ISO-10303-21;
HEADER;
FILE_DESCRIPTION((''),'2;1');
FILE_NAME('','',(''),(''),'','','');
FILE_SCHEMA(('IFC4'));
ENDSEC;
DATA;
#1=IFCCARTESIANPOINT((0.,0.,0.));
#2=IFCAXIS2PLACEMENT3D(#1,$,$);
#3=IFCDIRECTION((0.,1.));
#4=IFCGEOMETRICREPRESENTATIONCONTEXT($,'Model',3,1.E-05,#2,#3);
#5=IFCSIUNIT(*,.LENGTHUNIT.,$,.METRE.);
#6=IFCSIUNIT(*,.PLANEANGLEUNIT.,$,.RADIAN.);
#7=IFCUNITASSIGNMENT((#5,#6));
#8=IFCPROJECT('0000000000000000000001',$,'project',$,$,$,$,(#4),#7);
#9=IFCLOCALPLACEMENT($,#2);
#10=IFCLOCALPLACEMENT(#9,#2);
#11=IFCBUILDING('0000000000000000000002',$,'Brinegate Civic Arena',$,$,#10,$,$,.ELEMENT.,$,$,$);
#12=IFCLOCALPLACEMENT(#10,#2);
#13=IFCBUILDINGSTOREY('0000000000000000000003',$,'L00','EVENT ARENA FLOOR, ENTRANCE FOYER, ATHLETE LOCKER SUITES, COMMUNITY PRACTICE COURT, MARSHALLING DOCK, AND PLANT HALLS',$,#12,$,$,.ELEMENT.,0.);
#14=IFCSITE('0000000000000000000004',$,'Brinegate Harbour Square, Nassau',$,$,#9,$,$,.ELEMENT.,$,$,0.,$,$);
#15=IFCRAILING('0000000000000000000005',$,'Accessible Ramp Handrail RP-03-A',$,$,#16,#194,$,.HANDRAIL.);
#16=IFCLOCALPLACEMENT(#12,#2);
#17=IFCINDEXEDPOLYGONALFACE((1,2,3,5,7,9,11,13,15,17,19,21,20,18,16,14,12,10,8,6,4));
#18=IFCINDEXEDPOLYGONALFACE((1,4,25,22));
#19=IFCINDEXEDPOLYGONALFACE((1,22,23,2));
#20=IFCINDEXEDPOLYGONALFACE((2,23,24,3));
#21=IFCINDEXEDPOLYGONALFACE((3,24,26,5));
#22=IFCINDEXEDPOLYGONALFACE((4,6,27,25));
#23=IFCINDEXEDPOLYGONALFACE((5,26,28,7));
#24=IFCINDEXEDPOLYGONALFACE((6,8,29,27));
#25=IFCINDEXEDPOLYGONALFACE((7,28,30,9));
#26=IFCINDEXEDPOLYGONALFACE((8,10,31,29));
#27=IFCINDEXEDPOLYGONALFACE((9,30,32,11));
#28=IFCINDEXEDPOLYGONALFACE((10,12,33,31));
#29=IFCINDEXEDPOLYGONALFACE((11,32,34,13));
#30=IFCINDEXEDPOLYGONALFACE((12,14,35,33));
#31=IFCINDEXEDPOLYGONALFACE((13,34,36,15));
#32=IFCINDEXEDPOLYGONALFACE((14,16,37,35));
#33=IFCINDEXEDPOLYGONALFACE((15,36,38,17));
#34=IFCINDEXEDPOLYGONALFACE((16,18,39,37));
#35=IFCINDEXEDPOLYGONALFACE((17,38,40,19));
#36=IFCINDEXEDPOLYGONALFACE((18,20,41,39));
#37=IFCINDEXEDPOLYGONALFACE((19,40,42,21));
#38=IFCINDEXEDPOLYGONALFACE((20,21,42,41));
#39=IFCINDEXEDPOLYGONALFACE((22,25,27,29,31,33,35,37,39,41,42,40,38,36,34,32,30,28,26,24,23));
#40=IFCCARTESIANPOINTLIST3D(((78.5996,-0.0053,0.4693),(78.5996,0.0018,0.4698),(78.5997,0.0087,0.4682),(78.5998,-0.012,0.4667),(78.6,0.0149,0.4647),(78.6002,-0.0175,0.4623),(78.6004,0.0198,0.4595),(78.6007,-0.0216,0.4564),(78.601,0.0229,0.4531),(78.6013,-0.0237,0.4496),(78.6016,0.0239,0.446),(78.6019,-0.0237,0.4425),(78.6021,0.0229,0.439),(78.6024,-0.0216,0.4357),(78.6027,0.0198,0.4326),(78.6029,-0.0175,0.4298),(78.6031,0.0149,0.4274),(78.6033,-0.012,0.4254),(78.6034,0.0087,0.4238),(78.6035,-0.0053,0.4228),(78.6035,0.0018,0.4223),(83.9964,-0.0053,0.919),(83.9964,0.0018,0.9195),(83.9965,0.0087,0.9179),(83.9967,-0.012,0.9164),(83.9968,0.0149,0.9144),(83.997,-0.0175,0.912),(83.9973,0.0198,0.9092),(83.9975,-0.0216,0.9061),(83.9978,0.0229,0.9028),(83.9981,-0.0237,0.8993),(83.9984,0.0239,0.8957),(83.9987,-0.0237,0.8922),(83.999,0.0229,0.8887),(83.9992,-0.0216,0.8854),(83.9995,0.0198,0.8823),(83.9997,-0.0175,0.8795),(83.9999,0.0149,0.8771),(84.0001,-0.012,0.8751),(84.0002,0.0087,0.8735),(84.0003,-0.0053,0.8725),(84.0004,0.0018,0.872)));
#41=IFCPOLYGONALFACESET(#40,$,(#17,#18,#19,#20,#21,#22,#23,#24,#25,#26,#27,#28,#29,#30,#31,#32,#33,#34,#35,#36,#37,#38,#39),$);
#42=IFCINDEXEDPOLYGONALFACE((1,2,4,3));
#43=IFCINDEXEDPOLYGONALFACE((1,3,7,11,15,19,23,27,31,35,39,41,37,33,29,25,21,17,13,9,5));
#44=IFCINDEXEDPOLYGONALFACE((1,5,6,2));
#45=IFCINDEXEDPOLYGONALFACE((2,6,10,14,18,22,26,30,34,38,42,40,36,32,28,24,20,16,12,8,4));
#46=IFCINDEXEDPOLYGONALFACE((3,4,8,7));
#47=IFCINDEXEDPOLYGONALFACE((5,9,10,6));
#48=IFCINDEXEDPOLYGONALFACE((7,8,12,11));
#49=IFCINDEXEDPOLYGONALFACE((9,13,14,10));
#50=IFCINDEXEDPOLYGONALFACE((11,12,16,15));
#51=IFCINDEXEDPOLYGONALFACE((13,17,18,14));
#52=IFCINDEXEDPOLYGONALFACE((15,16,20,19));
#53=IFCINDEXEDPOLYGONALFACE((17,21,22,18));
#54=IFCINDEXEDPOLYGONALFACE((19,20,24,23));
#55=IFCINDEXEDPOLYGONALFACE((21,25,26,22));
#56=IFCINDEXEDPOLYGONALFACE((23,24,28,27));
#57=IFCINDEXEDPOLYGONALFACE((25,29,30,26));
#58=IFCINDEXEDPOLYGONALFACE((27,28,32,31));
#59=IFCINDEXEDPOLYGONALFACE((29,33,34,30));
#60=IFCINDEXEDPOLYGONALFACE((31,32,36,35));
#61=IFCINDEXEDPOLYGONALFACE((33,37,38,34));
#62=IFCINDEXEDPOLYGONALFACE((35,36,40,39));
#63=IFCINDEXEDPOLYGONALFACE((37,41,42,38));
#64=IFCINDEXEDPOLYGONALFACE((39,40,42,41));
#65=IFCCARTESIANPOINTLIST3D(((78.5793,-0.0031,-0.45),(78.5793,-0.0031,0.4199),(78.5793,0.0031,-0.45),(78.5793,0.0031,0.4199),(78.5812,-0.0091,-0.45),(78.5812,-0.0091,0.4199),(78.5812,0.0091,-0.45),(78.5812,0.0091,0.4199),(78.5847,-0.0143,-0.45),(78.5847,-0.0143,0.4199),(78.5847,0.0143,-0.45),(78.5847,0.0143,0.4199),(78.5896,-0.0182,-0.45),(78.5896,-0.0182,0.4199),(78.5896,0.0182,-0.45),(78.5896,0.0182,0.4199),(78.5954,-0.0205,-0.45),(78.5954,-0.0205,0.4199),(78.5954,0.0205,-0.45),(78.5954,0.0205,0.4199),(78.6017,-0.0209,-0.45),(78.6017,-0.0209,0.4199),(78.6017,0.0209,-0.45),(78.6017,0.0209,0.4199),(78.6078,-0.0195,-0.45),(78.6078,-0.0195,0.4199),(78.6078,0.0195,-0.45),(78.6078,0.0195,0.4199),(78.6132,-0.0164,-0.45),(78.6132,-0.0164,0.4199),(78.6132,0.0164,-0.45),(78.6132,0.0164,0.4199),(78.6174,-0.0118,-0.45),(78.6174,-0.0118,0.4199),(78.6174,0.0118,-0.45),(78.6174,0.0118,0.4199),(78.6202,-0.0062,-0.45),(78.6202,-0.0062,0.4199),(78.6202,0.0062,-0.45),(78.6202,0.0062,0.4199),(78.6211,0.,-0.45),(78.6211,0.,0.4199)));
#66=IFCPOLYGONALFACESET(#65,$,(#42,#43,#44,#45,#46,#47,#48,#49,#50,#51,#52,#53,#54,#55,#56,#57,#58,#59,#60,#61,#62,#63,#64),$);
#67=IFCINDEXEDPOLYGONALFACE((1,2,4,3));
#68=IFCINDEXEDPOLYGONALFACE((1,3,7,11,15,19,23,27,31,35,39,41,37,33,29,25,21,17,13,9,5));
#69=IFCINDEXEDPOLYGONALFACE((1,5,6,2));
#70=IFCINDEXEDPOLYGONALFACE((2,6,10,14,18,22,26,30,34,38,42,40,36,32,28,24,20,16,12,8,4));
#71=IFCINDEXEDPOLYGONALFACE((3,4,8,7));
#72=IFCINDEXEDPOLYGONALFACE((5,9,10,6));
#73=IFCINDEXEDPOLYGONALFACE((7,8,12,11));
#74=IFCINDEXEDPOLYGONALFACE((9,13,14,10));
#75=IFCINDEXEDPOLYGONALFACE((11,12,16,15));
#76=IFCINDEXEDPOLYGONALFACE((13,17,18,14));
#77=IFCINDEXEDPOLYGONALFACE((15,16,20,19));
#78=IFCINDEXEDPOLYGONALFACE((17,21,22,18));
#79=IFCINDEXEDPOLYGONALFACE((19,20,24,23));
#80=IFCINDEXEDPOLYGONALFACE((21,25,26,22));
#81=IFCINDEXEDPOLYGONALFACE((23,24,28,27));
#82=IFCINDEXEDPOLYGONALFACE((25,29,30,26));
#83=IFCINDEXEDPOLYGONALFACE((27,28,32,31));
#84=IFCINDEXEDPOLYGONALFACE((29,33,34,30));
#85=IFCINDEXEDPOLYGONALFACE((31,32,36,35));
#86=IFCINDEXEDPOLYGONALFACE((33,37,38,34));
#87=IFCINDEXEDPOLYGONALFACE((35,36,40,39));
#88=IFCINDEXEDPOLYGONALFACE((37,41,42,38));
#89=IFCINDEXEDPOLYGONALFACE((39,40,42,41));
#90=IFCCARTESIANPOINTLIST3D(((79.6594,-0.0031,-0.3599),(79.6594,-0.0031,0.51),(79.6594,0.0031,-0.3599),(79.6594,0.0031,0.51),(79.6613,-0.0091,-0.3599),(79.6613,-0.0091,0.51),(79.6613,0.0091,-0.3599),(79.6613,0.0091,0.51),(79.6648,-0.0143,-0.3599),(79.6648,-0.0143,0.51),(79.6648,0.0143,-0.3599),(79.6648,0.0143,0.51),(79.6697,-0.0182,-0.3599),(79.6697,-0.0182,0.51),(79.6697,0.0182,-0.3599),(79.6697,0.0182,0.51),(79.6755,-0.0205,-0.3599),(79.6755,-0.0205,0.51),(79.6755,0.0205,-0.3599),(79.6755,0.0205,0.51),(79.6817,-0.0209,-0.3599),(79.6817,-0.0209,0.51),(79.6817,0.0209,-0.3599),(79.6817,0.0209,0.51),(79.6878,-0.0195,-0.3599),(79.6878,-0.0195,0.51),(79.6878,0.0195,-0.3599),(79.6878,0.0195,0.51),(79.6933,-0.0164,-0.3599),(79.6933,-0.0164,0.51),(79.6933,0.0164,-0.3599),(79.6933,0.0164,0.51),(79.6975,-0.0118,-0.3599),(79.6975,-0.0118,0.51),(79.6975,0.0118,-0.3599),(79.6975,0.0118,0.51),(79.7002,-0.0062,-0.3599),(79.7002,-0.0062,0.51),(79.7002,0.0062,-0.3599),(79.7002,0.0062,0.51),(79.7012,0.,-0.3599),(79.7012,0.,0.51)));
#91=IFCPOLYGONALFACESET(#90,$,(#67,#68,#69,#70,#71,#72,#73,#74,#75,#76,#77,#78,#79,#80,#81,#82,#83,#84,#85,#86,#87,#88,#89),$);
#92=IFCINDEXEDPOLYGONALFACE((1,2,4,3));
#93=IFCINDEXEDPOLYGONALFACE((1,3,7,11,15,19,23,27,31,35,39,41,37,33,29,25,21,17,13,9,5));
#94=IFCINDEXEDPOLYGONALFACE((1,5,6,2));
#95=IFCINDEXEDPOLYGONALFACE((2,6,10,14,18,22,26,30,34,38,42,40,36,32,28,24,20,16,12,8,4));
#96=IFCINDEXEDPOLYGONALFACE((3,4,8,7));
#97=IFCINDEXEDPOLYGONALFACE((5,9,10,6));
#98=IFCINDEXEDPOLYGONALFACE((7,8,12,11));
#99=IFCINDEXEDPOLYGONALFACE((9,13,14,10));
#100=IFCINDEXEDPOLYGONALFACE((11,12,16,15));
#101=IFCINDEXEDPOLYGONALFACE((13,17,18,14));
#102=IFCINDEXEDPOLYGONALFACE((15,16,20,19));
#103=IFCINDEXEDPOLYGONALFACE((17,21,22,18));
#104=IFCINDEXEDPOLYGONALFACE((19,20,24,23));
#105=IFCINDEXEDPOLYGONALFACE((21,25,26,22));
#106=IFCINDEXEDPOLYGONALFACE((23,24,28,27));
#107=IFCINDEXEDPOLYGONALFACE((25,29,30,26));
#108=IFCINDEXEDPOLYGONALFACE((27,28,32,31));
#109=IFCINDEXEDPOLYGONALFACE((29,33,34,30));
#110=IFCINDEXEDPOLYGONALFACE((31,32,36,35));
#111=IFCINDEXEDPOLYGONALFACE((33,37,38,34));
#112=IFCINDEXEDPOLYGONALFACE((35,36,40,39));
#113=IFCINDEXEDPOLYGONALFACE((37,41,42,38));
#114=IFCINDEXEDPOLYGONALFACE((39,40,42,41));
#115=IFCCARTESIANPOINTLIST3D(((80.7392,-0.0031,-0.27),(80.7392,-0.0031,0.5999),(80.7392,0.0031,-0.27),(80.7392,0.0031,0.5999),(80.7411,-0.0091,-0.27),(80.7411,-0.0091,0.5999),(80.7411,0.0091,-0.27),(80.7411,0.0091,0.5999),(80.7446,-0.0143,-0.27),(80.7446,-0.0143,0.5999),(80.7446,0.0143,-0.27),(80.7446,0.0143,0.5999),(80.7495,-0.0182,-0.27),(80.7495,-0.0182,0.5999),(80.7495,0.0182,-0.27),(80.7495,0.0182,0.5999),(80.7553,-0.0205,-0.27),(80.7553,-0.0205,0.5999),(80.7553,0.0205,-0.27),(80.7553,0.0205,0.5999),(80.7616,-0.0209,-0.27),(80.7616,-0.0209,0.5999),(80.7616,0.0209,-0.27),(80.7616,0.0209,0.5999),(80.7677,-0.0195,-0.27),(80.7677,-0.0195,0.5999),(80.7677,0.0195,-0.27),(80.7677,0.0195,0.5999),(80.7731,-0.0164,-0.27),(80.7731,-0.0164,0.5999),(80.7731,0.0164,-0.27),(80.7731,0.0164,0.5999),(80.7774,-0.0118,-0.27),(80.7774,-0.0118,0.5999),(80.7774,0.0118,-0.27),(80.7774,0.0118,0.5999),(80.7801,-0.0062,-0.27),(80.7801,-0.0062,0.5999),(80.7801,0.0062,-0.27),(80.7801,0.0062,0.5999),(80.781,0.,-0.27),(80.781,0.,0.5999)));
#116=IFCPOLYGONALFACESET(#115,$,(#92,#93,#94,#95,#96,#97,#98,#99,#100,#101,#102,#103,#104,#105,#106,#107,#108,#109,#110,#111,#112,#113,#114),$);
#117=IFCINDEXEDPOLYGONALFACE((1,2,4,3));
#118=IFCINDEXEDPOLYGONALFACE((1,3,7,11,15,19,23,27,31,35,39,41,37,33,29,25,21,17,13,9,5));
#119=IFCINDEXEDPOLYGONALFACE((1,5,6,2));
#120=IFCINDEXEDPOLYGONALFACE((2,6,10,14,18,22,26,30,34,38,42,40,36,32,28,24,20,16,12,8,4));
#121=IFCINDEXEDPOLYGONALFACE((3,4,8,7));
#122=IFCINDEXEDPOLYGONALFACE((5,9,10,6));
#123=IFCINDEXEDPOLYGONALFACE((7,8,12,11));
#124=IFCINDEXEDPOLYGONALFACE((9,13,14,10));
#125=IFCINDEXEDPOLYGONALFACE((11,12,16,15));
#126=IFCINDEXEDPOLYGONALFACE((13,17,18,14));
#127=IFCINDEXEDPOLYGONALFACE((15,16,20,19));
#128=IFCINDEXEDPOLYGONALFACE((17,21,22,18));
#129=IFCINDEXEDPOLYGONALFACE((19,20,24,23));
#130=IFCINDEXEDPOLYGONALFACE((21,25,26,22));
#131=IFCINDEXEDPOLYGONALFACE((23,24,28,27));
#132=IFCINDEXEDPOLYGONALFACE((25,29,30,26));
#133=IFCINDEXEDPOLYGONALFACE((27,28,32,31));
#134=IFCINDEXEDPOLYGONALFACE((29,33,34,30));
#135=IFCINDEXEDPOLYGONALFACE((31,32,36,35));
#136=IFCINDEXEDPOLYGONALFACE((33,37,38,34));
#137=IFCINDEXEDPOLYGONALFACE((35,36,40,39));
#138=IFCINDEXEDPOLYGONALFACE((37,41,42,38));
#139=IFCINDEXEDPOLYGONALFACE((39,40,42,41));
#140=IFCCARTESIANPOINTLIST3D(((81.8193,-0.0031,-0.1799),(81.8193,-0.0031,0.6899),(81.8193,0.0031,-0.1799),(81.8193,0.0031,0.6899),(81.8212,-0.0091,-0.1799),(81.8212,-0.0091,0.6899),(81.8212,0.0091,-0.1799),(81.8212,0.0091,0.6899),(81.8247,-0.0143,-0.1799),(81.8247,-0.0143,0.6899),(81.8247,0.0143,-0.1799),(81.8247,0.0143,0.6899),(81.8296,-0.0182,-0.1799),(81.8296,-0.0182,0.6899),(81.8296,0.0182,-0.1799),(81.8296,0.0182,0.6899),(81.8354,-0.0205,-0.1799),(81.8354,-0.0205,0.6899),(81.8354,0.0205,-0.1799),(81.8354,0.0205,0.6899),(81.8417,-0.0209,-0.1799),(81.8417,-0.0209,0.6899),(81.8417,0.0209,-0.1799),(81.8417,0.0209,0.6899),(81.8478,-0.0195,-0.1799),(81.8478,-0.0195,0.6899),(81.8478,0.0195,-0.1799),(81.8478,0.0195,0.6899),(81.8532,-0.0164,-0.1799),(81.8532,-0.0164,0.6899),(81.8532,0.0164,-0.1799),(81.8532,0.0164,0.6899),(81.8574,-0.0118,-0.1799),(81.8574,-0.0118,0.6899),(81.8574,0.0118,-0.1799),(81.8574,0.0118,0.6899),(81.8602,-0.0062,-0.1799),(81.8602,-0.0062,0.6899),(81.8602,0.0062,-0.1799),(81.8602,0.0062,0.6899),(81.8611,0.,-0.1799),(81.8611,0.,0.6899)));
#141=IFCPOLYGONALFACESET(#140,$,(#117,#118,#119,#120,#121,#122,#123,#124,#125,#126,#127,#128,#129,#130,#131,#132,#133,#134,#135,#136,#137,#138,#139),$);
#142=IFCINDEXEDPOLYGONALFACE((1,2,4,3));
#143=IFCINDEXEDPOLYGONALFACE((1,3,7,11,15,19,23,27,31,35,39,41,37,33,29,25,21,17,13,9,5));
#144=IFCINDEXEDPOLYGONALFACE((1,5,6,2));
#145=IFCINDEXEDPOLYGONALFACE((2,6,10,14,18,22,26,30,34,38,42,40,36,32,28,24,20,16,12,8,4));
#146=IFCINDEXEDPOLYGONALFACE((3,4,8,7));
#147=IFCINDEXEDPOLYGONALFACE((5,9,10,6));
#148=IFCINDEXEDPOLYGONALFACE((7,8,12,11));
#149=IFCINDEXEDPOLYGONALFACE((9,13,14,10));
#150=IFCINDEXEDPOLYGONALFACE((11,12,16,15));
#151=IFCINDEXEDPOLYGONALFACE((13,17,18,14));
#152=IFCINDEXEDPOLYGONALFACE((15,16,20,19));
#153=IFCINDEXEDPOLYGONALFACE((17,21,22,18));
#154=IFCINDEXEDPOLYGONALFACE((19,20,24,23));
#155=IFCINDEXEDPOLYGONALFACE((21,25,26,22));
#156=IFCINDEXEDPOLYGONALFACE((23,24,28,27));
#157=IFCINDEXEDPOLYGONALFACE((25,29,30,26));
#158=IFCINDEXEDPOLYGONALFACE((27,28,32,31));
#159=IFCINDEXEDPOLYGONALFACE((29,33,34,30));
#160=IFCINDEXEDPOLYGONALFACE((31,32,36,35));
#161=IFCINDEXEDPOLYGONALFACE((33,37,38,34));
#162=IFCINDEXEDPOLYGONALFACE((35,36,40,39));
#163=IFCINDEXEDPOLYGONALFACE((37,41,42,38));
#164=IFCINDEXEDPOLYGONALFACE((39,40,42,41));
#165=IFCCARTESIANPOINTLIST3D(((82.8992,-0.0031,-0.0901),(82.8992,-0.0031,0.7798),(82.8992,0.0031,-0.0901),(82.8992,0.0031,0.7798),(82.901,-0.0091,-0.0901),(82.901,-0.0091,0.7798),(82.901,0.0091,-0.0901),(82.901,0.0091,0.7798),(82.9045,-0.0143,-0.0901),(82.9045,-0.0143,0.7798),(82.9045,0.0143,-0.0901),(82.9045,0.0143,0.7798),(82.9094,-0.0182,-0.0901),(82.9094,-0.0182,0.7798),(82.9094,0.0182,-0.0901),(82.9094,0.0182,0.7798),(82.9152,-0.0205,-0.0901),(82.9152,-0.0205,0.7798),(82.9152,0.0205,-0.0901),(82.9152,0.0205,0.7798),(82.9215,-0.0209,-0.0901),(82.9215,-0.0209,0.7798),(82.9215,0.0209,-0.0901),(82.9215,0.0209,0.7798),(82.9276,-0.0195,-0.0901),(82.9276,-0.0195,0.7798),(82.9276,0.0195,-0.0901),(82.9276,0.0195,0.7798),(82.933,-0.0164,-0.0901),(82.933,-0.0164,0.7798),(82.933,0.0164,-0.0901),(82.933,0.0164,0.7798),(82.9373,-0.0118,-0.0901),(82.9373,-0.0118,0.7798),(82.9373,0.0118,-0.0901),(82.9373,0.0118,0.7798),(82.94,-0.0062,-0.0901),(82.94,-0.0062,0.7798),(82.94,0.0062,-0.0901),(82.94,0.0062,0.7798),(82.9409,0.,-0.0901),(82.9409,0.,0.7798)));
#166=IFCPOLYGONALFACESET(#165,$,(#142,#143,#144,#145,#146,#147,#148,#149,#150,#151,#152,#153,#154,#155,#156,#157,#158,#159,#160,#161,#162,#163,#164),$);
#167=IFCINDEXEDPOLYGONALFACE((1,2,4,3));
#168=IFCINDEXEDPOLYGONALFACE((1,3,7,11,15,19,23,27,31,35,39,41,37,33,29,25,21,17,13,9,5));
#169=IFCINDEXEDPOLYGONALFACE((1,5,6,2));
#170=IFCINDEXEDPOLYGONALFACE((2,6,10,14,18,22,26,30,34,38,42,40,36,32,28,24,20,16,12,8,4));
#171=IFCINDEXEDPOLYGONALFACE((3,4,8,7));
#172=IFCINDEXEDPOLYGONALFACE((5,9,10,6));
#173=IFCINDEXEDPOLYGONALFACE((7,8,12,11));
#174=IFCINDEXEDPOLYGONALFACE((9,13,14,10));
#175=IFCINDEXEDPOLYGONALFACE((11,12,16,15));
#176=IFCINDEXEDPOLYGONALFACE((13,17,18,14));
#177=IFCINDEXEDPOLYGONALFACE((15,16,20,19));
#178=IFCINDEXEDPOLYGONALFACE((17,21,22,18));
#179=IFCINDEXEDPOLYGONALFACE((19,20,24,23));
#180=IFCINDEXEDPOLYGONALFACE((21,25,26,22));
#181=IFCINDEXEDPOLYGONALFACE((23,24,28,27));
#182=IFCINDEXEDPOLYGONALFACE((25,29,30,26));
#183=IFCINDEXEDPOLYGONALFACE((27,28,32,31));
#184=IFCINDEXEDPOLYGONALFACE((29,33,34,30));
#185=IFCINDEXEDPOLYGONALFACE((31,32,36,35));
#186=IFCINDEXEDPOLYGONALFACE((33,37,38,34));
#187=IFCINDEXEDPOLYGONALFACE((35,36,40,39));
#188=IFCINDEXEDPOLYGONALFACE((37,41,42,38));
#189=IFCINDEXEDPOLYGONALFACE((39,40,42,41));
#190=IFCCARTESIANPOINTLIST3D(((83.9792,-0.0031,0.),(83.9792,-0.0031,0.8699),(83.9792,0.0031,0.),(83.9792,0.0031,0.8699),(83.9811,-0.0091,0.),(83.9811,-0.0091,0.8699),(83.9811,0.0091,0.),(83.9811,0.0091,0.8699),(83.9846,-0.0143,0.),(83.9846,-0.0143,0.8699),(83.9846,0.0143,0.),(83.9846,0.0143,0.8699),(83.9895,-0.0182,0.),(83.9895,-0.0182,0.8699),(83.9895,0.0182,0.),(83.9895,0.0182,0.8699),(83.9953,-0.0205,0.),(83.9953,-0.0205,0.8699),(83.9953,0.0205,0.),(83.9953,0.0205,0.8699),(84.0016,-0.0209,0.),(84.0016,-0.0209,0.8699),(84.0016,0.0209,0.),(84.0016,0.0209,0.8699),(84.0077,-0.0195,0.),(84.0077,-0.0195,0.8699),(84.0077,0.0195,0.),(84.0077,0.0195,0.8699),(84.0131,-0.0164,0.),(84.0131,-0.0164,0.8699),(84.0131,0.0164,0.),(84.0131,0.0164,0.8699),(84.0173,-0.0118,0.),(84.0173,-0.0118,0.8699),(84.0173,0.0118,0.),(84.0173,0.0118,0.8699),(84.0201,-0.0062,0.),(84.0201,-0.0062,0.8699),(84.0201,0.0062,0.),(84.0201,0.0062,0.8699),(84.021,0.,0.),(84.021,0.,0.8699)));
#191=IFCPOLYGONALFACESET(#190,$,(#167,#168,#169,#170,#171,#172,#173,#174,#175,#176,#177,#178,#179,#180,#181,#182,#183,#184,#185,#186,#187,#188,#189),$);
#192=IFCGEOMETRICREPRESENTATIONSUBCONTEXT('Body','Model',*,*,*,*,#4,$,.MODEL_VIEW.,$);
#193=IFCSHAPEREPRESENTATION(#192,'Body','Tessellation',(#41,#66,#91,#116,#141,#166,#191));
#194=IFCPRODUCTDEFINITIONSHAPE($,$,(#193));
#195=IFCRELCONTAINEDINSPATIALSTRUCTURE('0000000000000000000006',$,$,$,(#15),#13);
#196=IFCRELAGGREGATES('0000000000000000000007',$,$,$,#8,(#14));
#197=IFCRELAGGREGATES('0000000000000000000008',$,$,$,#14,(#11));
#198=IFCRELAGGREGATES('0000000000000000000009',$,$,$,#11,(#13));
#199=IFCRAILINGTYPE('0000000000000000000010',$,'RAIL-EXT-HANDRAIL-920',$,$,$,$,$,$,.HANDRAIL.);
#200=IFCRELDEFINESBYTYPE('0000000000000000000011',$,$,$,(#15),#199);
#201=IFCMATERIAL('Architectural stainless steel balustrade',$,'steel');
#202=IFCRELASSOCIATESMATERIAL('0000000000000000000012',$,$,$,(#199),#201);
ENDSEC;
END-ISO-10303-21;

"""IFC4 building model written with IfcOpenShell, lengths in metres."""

from ifc_helpers import new_model, si_unit, direction, frame, origin, origin_2d, place, context, subcontext, project, spatial, circle, extrude, material, type_object, element, save


model = new_model("IFC4")

# Units and contexts
model_context = context("Model", 3, precision=1e-05, world=origin(), true_north=direction((0.0, 1.0)))
body_context = subcontext(model_context, "Body", "Model", "MODEL_VIEW")
ifc_project = project(units=[si_unit("LENGTHUNIT", "METRE"), si_unit("PLANEANGLEUNIT", "RADIAN")], contexts=[model_context])

# Site, building, storey
site_placement = place(None, origin())
site = spatial("IfcSite", under=ifc_project, at=site_placement, Name="Brinegate Harbour Square, Nassau", CompositionType="ELEMENT", RefElevation=0.0)
building_placement = place(site_placement, origin())
building = spatial("IfcBuilding", under=site, at=building_placement, Name="Brinegate Civic Arena", CompositionType="ELEMENT")
storey_placement = place(building_placement, origin())
storey = spatial("IfcBuildingStorey", under=building, at=storey_placement, Name="L00", Description="EVENT ARENA FLOOR, ENTRANCE FOYER, ATHLETE LOCKER SUITES, COMMUNITY PRACTICE COURT, MARSHALLING DOCK, AND PLANT HALLS", CompositionType="ELEMENT", Elevation=0.0)

# Railing
ifc_material_1 = material(Name="Architectural stainless steel balustrade", Category="steel")
railing_type_1 = type_object("IfcRailingType", Name="RAIL-EXT-HANDRAIL-920", PredefinedType="HANDRAIL", material=ifc_material_1)
railing_1_placement = place(storey_placement, frame((78.6001, 0.0, -0.45)))
element("IfcRailing", 1, at=railing_1_placement, inside=storey, type_object=railing_type_1, Name="Accessible Ramp Handrail RP-03-A", PredefinedType="HANDRAIL", context=body_context, shape_type="SweptSolid", body=[
    extrude(circle(Radius=0.0239, at=origin_2d()), frame((0.0015, 0.0, 0.896), z_axis=(0.996546, 0.0, 0.083038), x_axis=(0.0, 1.0, 0.0)), (0.0, 0.0, 1.0), 5.4155),
    extrude(circle(Radius=0.021, at=origin_2d()), origin(), (0.0, 0.0, 1.0), 0.8699),
    extrude(circle(Radius=0.021, at=origin_2d()), frame((1.0801, 0.0, 0.0901)), (0.0, 0.0, 1.0), 0.8699),
    extrude(circle(Radius=0.021, at=origin_2d()), frame((2.1599, 0.0, 0.1799)), (0.0, 0.0, 1.0), 0.8699),
    extrude(circle(Radius=0.021, at=origin_2d()), frame((3.24, 0.0, 0.27)), (0.0, 0.0, 1.0), 0.8699),
    extrude(circle(Radius=0.021, at=origin_2d()), frame((4.3198, 0.0, 0.3599)), (0.0, 0.0, 1.0), 0.8699),
    extrude(circle(Radius=0.021, at=origin_2d()), frame((5.3999, 0.0, 0.45)), (0.0, 0.0, 1.0), 0.8699),
])

save(model, "model.ifc")
